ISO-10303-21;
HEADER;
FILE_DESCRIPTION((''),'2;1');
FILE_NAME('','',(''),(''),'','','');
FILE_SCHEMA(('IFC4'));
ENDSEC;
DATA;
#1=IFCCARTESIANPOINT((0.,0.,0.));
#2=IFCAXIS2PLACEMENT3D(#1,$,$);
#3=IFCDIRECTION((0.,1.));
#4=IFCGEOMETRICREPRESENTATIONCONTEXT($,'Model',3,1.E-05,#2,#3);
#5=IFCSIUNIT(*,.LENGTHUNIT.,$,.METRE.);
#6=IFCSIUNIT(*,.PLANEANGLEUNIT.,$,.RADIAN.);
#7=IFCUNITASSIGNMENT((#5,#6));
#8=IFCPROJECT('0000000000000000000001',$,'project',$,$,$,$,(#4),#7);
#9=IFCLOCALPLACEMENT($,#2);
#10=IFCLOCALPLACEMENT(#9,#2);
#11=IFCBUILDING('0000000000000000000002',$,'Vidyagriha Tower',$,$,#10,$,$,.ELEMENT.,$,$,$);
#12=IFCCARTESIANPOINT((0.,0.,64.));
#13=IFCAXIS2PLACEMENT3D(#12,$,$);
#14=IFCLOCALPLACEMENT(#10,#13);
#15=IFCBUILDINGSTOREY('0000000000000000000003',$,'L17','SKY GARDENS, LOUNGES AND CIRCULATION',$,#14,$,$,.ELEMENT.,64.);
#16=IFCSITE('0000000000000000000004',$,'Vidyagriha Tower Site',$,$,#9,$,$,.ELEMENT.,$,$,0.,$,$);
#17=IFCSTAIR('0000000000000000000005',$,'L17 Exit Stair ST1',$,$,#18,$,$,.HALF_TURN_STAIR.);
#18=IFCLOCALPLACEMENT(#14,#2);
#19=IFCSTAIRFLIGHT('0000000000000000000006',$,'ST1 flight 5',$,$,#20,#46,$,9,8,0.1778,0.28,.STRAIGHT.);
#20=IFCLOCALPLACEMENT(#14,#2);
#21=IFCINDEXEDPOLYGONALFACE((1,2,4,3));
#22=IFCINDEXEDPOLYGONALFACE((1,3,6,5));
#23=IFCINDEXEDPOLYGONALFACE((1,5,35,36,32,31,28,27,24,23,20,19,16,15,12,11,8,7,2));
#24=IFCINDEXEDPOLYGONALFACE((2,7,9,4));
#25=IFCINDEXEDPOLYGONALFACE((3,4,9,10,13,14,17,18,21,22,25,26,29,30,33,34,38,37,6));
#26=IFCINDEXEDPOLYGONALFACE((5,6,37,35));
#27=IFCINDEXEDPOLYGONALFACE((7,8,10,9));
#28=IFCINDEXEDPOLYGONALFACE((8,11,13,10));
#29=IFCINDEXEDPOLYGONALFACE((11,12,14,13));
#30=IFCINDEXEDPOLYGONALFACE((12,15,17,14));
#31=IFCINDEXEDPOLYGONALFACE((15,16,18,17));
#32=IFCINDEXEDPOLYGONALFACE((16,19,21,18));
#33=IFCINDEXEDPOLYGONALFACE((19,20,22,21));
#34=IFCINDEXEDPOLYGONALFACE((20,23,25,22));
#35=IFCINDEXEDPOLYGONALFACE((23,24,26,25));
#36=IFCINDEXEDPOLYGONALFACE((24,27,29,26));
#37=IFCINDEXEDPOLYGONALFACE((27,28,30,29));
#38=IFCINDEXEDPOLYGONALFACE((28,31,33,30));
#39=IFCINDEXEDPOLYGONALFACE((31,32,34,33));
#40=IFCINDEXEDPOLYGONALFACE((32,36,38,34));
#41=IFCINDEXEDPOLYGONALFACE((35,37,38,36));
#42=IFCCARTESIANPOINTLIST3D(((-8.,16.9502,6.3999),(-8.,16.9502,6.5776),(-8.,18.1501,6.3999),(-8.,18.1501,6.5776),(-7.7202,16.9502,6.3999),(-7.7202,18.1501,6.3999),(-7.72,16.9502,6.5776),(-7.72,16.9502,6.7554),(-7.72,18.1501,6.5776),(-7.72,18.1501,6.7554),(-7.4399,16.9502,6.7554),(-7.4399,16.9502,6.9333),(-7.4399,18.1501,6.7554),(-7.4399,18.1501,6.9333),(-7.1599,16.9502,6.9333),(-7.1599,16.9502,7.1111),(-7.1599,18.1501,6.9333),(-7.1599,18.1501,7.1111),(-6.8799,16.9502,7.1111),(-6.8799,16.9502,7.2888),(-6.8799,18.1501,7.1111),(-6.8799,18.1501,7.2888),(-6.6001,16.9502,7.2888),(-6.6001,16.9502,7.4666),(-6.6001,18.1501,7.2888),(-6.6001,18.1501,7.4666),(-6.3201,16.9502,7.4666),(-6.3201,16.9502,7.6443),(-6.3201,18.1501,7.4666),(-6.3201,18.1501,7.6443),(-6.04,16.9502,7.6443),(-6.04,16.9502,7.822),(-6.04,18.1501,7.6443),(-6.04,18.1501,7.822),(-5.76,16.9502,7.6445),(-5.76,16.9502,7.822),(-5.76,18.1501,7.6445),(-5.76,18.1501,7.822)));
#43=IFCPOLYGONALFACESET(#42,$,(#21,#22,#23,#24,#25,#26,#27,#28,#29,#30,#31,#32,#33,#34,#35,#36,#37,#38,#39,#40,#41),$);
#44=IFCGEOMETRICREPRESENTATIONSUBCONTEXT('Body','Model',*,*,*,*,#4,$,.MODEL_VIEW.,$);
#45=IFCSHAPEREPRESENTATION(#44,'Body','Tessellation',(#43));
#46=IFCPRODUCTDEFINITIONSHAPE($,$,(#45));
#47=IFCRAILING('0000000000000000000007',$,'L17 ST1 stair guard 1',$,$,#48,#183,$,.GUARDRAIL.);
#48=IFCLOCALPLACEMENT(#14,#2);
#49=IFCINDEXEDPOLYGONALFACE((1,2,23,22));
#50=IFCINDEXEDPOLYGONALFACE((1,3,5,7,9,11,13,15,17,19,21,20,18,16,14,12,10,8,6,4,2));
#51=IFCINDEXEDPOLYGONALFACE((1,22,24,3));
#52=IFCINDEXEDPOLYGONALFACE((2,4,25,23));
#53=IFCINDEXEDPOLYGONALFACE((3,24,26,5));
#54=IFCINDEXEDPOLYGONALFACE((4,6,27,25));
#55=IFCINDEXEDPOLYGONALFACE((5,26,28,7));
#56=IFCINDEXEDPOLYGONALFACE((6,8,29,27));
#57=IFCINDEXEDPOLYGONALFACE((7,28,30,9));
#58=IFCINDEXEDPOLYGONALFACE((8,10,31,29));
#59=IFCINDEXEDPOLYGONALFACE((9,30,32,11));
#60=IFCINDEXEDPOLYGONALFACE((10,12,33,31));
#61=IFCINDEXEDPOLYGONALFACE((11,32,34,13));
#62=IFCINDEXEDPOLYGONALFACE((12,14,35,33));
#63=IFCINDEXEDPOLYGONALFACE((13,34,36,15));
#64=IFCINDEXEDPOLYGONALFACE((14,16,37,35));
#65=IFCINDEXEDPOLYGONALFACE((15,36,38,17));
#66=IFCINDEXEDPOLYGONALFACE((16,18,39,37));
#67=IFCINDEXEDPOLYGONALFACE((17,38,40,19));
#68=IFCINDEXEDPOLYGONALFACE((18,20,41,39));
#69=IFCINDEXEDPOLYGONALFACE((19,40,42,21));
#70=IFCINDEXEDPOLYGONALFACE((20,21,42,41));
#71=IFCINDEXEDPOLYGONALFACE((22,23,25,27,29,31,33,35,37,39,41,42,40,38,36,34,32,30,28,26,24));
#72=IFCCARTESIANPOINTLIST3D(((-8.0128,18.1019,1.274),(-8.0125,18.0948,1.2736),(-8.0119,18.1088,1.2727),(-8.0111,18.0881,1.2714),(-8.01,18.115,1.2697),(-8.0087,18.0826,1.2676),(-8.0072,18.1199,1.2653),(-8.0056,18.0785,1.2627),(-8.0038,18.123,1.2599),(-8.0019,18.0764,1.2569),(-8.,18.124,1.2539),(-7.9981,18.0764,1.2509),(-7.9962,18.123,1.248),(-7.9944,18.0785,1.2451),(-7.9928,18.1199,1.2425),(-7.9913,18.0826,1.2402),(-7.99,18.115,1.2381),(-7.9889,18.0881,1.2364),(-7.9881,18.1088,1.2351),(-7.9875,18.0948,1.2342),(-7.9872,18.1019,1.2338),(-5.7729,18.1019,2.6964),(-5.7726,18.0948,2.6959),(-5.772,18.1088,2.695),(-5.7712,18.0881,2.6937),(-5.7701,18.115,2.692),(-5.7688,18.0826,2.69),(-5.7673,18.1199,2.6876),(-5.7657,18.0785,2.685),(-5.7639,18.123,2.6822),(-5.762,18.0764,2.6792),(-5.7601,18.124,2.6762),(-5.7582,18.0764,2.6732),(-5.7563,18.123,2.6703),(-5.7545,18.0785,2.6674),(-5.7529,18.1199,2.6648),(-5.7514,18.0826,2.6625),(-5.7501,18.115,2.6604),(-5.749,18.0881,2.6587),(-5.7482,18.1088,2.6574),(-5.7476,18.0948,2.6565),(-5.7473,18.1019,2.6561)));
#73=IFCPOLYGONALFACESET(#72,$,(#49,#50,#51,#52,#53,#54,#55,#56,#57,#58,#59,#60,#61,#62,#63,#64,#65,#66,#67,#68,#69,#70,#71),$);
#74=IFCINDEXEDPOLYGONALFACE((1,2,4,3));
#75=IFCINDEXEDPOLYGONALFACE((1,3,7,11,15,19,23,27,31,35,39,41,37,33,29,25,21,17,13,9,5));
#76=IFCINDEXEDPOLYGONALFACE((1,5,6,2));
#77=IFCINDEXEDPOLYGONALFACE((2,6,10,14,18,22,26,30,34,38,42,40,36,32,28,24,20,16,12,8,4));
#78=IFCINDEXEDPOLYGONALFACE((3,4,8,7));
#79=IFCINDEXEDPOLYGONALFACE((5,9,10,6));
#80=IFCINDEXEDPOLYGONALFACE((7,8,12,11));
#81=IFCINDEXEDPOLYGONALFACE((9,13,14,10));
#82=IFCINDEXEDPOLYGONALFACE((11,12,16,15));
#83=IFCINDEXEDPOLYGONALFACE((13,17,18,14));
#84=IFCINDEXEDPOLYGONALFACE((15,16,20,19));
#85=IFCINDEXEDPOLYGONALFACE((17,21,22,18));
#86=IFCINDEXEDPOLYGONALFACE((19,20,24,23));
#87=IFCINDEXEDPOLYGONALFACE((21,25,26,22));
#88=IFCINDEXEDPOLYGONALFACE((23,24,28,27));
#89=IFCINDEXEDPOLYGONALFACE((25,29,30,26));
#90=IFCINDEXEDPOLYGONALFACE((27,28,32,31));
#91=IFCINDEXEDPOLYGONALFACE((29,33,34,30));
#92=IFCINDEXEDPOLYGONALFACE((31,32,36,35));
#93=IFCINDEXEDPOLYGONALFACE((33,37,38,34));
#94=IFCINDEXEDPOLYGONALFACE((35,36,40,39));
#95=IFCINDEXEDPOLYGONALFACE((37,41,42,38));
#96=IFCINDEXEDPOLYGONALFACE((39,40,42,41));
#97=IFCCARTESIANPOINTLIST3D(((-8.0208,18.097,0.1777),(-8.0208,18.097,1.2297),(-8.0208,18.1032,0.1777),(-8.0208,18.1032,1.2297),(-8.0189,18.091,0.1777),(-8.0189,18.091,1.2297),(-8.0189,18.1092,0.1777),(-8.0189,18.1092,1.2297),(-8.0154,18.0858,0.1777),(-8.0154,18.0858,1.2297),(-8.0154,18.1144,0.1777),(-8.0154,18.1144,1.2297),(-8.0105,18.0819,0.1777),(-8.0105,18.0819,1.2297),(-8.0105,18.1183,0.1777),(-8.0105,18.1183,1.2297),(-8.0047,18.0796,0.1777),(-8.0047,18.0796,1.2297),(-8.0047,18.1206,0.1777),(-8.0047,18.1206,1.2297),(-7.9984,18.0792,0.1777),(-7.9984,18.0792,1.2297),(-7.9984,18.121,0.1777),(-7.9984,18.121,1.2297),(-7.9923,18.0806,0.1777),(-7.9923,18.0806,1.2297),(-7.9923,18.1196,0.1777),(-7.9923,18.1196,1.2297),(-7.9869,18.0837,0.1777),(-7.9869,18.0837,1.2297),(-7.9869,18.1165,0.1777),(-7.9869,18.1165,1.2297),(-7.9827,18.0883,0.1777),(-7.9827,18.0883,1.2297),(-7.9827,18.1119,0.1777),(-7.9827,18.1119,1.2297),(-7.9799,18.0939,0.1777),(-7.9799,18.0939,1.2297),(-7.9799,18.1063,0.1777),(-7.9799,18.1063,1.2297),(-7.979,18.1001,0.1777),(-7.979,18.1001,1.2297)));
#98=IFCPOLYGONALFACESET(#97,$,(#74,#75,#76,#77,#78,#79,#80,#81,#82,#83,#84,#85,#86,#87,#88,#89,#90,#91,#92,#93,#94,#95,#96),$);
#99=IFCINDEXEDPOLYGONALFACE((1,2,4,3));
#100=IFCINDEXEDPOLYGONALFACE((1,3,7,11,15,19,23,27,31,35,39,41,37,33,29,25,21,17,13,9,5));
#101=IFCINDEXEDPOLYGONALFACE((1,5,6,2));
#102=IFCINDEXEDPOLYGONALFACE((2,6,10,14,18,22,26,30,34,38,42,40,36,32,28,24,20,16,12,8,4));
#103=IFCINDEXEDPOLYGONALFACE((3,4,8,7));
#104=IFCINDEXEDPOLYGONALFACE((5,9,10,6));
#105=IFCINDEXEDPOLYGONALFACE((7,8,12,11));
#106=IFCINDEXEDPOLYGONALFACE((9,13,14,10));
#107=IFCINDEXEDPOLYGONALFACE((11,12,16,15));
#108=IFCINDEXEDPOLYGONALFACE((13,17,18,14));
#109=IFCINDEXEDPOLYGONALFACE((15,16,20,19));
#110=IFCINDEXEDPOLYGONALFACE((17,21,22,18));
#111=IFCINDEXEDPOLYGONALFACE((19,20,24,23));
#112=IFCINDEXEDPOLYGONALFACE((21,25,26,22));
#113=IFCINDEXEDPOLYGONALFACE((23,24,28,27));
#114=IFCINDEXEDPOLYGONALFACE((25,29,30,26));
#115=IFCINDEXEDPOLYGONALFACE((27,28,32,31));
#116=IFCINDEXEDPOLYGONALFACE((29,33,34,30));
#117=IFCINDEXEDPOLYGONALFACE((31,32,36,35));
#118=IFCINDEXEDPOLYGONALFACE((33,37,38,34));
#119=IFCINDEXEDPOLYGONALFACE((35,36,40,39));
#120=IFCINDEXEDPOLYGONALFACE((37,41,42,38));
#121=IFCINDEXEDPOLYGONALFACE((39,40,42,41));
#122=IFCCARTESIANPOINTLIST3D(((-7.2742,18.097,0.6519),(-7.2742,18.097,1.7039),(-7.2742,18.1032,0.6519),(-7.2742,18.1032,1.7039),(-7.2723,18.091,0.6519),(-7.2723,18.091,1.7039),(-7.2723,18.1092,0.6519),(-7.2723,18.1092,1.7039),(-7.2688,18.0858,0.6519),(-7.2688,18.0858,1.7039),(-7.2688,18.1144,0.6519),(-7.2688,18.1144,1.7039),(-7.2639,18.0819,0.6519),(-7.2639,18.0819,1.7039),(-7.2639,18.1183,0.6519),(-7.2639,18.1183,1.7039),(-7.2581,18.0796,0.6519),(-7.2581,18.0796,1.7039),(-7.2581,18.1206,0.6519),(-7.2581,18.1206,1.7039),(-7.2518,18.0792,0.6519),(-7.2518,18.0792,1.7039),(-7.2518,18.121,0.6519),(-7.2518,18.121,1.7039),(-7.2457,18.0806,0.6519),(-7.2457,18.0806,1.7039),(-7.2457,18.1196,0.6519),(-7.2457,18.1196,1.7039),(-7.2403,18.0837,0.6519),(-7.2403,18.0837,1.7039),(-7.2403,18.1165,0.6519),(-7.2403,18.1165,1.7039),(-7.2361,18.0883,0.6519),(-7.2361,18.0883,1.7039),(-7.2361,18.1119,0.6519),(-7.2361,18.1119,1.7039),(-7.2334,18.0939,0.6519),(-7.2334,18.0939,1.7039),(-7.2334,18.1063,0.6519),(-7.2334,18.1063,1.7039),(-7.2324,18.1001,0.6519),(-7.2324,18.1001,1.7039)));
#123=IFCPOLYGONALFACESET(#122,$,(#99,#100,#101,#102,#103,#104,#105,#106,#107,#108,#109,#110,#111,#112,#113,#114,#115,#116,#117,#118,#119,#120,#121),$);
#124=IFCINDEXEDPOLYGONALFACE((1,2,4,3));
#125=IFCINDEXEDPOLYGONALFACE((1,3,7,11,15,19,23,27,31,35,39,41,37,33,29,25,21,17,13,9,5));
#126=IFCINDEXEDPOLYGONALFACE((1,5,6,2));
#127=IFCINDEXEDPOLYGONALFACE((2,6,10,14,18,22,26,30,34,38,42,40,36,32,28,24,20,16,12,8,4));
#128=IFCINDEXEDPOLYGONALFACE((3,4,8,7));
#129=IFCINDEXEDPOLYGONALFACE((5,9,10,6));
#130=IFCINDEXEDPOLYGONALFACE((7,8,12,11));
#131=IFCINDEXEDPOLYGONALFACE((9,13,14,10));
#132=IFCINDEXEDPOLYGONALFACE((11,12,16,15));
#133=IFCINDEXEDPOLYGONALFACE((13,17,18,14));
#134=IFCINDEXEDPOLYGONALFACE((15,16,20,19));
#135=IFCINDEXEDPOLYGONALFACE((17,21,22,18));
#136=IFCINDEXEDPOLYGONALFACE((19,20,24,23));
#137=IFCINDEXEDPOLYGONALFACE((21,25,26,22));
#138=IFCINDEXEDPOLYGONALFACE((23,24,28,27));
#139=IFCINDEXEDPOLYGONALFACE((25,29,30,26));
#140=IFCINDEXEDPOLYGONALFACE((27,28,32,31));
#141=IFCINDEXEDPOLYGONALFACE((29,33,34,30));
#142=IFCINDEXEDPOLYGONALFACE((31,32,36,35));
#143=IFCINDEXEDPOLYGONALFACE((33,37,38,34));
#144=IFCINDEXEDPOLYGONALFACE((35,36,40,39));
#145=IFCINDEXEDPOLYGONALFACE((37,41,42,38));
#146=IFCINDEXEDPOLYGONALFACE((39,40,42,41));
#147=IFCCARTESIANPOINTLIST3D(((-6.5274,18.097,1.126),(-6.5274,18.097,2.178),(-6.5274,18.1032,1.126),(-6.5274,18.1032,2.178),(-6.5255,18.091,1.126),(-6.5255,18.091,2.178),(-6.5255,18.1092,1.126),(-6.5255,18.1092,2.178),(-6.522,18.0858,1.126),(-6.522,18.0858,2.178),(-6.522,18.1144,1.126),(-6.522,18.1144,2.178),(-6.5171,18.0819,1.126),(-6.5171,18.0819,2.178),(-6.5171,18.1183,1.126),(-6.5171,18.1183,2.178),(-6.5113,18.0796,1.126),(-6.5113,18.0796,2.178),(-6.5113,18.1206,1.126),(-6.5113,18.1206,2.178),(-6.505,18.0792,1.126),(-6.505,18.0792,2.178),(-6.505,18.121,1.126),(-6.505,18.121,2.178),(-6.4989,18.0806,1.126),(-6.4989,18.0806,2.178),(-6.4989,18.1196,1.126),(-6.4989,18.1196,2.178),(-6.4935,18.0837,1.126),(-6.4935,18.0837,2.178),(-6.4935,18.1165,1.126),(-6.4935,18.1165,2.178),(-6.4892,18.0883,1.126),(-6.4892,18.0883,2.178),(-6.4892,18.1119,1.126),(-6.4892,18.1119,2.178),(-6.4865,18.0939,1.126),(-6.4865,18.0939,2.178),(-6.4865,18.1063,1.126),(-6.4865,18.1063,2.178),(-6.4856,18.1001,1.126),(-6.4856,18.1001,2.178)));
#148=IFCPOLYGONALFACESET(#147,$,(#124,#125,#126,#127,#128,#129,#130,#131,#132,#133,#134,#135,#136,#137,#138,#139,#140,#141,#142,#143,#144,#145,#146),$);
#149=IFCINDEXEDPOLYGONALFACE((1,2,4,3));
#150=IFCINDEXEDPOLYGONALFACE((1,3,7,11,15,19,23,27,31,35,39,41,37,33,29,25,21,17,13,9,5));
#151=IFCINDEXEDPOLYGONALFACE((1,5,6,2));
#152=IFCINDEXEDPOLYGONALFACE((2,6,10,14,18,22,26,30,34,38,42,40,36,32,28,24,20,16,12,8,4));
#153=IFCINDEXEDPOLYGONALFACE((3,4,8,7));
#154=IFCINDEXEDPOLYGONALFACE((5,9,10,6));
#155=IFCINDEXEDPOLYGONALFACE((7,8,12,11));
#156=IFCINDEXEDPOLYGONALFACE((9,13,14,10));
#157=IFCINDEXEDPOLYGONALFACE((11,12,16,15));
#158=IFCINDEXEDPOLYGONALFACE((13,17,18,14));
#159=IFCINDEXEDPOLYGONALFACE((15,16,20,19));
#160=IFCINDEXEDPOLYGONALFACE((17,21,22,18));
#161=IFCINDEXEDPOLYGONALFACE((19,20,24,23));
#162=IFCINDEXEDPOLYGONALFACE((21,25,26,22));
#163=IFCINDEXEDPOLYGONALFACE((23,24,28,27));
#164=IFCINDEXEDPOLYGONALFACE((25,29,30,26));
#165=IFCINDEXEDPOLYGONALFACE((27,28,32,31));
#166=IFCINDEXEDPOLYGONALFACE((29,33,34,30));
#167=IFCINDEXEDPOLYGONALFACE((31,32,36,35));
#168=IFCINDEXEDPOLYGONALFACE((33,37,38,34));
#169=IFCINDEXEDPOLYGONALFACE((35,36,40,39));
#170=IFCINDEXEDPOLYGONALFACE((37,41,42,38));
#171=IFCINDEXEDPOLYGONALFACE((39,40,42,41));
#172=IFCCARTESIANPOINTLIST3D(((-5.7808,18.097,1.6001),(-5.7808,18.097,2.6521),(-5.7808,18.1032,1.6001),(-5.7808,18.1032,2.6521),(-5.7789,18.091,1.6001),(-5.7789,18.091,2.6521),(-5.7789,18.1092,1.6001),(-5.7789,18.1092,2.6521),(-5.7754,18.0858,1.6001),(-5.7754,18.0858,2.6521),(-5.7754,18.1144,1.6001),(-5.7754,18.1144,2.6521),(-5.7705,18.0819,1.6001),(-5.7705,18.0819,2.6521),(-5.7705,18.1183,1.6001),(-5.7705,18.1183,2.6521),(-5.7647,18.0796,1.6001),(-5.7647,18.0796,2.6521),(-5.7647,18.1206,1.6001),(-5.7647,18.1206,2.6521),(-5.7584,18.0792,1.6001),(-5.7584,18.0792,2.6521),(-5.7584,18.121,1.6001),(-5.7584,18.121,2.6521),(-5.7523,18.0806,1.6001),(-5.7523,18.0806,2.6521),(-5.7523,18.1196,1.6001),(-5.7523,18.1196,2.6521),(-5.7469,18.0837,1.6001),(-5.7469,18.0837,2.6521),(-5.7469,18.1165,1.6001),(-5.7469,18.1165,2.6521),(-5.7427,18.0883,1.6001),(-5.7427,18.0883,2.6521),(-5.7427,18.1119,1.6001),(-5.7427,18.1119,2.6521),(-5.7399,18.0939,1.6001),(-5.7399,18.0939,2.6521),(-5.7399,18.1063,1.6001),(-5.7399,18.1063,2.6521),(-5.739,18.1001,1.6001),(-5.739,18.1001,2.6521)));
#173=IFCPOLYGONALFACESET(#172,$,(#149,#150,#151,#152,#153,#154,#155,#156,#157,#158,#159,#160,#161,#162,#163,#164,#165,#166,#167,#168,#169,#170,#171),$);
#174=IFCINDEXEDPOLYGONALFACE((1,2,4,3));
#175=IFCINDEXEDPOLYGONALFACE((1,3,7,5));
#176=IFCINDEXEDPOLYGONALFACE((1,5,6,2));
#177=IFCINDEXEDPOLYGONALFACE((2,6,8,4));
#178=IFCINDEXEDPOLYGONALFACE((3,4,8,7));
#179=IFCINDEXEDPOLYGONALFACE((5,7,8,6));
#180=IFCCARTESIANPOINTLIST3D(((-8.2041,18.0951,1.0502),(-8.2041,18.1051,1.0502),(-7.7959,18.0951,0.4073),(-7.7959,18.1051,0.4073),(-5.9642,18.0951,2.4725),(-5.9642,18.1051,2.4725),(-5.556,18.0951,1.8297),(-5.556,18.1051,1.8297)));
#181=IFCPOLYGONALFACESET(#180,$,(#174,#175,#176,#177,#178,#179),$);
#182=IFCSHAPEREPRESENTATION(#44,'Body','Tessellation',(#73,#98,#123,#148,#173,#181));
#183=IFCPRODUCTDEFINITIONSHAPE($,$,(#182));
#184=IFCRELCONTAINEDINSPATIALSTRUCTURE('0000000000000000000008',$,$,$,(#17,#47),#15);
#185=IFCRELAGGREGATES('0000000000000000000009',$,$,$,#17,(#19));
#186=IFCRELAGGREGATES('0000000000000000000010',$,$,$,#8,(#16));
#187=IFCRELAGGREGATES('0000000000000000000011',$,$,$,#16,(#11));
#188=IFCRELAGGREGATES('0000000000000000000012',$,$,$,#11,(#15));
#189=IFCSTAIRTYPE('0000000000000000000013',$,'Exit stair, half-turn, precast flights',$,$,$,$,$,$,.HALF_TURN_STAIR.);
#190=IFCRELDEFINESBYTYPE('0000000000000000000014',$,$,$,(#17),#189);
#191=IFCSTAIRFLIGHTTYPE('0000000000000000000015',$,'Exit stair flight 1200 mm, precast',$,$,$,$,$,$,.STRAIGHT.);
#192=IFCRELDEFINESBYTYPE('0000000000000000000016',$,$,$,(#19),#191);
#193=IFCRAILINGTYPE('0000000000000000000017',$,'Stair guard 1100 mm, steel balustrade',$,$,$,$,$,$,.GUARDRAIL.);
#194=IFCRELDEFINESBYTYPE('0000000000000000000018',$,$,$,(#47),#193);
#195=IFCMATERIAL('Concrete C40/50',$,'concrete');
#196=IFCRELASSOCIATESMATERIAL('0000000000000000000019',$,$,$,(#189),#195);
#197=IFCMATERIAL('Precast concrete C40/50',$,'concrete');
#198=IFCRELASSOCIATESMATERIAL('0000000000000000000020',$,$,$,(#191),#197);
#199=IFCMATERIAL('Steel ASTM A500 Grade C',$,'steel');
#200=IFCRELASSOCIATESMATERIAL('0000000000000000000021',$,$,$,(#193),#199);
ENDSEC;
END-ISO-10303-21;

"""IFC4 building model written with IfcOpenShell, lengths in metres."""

from ifc_helpers import new_model, si_unit, direction, frame, origin, origin_2d, place, context, subcontext, project, spatial, polyline, rectangle, circle, outline, extrude, material, type_object, element, aggregate, save


model = new_model("IFC4")

# Units and contexts
model_context = context("Model", 3, precision=1e-05, world=origin(), true_north=direction((0.0, 1.0)))
body_context = subcontext(model_context, "Body", "Model", "MODEL_VIEW")
ifc_project = project(units=[si_unit("LENGTHUNIT", "METRE"), si_unit("PLANEANGLEUNIT", "RADIAN")], contexts=[model_context])

# Site, building, storey
site_placement = place(None, origin())
site = spatial("IfcSite", under=ifc_project, at=site_placement, Name="Vidyagriha Tower Site", CompositionType="ELEMENT", RefElevation=0.0)
building_placement = place(site_placement, origin())
building = spatial("IfcBuilding", under=site, at=building_placement, Name="Vidyagriha Tower", CompositionType="ELEMENT")
storey_placement = place(building_placement, frame((0.0, 0.0, 64.0)))
storey = spatial("IfcBuildingStorey", under=building, at=storey_placement, Name="L17", Description="SKY GARDENS, LOUNGES AND CIRCULATION", CompositionType="ELEMENT", Elevation=64.0)

# Stair, stair flight
ifc_material_1 = material(Name="Concrete C40/50", Category="concrete")
stair_type = type_object("IfcStairType", Name="Exit stair, half-turn, precast flights", PredefinedType="HALF_TURN_STAIR", material=ifc_material_1)
stair_placement = place(storey_placement, origin())
stair = element("IfcStair", 1, at=stair_placement, inside=storey, type_object=stair_type, Name="L17 Exit Stair ST1", PredefinedType="HALF_TURN_STAIR")
ifc_material_2 = material(Name="Precast concrete C40/50", Category="concrete")
stair_flight_type = type_object("IfcStairFlightType", Name="Exit stair flight 1200 mm, precast", PredefinedType="STRAIGHT", material=ifc_material_2)
stair_flight_1_placement = place(storey_placement, frame((-8.0, 17.55, 6.3999)))
stair_flight_1 = element("IfcStairFlight", 2, at=stair_flight_1_placement, type_object=stair_flight_type, Name="ST1 flight 5", NumberOfRisers=9, NumberOfTreads=8, PredefinedType="STRAIGHT", RiserHeight=0.1778, TreadLength=0.28, context=body_context, shape_type="SweptSolid", body=[
    extrude(outline(polyline([(0.0, 0.0), (0.0, 0.1777), (0.28, 0.1777), (0.28, 0.3555), (0.5601, 0.3555), (0.5601, 0.5334), (0.8401, 0.5334), (0.8401, 0.7112), (1.1201, 0.7112), (1.1201, 0.8889), (1.3999, 0.8889), (1.3999, 1.0667), (1.6799, 1.0667), (1.6799, 1.2444), (1.96, 1.2444), (1.96, 1.4221), (2.24, 1.4221), (2.24, 1.6001), (2.24, 1.2446), (0.2798, 0.0), (0.0, 0.0)])), frame((0.0, 0.6001, 0.0), z_axis=(0.0, -1.0, 0.0), x_axis=(1.0, 0.0, 0.0)), (0.0, 0.0, 1.0), 1.2),
])
aggregate(stair, [stair_flight_1])

# Railing
ifc_material_3 = material(Name="Steel ASTM A500 Grade C", Category="steel")
railing_type_1 = type_object("IfcRailingType", Name="Stair guard 1100 mm, steel balustrade", PredefinedType="GUARDRAIL", material=ifc_material_3)
railing_1_placement = place(storey_placement, frame((-8.0, 18.1001, 0.1777)))
element("IfcRailing", 3, at=railing_1_placement, inside=storey, type_object=railing_type_1, Name="L17 ST1 stair guard 1", PredefinedType="GUARDRAIL", context=body_context, shape_type="SweptSolid", body=[
    extrude(circle(Radius=0.0239, at=origin_2d()), frame((0.0, 0.0, 1.0762), z_axis=(0.844188, 0.0, 0.536048), x_axis=(0.0, 1.0, 0.0)), (0.0, 0.0, 1.0), 2.6533),
    extrude(circle(Radius=0.021, at=origin_2d()), origin(), (0.0, 0.0, 1.0), 1.052),
    extrude(circle(Radius=0.021, at=origin_2d()), frame((0.7466, 0.0, 0.4741)), (0.0, 0.0, 1.0), 1.052),
    extrude(circle(Radius=0.021, at=origin_2d()), frame((1.4934, 0.0, 0.9482)), (0.0, 0.0, 1.0), 1.052),
    extrude(circle(Radius=0.021, at=origin_2d()), frame((2.24, 0.0, 1.4224)), (0.0, 0.0, 1.0), 1.052),
    extrude(rectangle(XDim=0.01, YDim=0.7615, at=origin_2d()), frame((0.0, 0.0, 0.551), z_axis=(0.844188, 0.0, 0.536048), x_axis=(0.0, 1.0, 0.0)), (0.0, 0.0, 1.0), 2.6533),
])

save(model, "model.ifc")
